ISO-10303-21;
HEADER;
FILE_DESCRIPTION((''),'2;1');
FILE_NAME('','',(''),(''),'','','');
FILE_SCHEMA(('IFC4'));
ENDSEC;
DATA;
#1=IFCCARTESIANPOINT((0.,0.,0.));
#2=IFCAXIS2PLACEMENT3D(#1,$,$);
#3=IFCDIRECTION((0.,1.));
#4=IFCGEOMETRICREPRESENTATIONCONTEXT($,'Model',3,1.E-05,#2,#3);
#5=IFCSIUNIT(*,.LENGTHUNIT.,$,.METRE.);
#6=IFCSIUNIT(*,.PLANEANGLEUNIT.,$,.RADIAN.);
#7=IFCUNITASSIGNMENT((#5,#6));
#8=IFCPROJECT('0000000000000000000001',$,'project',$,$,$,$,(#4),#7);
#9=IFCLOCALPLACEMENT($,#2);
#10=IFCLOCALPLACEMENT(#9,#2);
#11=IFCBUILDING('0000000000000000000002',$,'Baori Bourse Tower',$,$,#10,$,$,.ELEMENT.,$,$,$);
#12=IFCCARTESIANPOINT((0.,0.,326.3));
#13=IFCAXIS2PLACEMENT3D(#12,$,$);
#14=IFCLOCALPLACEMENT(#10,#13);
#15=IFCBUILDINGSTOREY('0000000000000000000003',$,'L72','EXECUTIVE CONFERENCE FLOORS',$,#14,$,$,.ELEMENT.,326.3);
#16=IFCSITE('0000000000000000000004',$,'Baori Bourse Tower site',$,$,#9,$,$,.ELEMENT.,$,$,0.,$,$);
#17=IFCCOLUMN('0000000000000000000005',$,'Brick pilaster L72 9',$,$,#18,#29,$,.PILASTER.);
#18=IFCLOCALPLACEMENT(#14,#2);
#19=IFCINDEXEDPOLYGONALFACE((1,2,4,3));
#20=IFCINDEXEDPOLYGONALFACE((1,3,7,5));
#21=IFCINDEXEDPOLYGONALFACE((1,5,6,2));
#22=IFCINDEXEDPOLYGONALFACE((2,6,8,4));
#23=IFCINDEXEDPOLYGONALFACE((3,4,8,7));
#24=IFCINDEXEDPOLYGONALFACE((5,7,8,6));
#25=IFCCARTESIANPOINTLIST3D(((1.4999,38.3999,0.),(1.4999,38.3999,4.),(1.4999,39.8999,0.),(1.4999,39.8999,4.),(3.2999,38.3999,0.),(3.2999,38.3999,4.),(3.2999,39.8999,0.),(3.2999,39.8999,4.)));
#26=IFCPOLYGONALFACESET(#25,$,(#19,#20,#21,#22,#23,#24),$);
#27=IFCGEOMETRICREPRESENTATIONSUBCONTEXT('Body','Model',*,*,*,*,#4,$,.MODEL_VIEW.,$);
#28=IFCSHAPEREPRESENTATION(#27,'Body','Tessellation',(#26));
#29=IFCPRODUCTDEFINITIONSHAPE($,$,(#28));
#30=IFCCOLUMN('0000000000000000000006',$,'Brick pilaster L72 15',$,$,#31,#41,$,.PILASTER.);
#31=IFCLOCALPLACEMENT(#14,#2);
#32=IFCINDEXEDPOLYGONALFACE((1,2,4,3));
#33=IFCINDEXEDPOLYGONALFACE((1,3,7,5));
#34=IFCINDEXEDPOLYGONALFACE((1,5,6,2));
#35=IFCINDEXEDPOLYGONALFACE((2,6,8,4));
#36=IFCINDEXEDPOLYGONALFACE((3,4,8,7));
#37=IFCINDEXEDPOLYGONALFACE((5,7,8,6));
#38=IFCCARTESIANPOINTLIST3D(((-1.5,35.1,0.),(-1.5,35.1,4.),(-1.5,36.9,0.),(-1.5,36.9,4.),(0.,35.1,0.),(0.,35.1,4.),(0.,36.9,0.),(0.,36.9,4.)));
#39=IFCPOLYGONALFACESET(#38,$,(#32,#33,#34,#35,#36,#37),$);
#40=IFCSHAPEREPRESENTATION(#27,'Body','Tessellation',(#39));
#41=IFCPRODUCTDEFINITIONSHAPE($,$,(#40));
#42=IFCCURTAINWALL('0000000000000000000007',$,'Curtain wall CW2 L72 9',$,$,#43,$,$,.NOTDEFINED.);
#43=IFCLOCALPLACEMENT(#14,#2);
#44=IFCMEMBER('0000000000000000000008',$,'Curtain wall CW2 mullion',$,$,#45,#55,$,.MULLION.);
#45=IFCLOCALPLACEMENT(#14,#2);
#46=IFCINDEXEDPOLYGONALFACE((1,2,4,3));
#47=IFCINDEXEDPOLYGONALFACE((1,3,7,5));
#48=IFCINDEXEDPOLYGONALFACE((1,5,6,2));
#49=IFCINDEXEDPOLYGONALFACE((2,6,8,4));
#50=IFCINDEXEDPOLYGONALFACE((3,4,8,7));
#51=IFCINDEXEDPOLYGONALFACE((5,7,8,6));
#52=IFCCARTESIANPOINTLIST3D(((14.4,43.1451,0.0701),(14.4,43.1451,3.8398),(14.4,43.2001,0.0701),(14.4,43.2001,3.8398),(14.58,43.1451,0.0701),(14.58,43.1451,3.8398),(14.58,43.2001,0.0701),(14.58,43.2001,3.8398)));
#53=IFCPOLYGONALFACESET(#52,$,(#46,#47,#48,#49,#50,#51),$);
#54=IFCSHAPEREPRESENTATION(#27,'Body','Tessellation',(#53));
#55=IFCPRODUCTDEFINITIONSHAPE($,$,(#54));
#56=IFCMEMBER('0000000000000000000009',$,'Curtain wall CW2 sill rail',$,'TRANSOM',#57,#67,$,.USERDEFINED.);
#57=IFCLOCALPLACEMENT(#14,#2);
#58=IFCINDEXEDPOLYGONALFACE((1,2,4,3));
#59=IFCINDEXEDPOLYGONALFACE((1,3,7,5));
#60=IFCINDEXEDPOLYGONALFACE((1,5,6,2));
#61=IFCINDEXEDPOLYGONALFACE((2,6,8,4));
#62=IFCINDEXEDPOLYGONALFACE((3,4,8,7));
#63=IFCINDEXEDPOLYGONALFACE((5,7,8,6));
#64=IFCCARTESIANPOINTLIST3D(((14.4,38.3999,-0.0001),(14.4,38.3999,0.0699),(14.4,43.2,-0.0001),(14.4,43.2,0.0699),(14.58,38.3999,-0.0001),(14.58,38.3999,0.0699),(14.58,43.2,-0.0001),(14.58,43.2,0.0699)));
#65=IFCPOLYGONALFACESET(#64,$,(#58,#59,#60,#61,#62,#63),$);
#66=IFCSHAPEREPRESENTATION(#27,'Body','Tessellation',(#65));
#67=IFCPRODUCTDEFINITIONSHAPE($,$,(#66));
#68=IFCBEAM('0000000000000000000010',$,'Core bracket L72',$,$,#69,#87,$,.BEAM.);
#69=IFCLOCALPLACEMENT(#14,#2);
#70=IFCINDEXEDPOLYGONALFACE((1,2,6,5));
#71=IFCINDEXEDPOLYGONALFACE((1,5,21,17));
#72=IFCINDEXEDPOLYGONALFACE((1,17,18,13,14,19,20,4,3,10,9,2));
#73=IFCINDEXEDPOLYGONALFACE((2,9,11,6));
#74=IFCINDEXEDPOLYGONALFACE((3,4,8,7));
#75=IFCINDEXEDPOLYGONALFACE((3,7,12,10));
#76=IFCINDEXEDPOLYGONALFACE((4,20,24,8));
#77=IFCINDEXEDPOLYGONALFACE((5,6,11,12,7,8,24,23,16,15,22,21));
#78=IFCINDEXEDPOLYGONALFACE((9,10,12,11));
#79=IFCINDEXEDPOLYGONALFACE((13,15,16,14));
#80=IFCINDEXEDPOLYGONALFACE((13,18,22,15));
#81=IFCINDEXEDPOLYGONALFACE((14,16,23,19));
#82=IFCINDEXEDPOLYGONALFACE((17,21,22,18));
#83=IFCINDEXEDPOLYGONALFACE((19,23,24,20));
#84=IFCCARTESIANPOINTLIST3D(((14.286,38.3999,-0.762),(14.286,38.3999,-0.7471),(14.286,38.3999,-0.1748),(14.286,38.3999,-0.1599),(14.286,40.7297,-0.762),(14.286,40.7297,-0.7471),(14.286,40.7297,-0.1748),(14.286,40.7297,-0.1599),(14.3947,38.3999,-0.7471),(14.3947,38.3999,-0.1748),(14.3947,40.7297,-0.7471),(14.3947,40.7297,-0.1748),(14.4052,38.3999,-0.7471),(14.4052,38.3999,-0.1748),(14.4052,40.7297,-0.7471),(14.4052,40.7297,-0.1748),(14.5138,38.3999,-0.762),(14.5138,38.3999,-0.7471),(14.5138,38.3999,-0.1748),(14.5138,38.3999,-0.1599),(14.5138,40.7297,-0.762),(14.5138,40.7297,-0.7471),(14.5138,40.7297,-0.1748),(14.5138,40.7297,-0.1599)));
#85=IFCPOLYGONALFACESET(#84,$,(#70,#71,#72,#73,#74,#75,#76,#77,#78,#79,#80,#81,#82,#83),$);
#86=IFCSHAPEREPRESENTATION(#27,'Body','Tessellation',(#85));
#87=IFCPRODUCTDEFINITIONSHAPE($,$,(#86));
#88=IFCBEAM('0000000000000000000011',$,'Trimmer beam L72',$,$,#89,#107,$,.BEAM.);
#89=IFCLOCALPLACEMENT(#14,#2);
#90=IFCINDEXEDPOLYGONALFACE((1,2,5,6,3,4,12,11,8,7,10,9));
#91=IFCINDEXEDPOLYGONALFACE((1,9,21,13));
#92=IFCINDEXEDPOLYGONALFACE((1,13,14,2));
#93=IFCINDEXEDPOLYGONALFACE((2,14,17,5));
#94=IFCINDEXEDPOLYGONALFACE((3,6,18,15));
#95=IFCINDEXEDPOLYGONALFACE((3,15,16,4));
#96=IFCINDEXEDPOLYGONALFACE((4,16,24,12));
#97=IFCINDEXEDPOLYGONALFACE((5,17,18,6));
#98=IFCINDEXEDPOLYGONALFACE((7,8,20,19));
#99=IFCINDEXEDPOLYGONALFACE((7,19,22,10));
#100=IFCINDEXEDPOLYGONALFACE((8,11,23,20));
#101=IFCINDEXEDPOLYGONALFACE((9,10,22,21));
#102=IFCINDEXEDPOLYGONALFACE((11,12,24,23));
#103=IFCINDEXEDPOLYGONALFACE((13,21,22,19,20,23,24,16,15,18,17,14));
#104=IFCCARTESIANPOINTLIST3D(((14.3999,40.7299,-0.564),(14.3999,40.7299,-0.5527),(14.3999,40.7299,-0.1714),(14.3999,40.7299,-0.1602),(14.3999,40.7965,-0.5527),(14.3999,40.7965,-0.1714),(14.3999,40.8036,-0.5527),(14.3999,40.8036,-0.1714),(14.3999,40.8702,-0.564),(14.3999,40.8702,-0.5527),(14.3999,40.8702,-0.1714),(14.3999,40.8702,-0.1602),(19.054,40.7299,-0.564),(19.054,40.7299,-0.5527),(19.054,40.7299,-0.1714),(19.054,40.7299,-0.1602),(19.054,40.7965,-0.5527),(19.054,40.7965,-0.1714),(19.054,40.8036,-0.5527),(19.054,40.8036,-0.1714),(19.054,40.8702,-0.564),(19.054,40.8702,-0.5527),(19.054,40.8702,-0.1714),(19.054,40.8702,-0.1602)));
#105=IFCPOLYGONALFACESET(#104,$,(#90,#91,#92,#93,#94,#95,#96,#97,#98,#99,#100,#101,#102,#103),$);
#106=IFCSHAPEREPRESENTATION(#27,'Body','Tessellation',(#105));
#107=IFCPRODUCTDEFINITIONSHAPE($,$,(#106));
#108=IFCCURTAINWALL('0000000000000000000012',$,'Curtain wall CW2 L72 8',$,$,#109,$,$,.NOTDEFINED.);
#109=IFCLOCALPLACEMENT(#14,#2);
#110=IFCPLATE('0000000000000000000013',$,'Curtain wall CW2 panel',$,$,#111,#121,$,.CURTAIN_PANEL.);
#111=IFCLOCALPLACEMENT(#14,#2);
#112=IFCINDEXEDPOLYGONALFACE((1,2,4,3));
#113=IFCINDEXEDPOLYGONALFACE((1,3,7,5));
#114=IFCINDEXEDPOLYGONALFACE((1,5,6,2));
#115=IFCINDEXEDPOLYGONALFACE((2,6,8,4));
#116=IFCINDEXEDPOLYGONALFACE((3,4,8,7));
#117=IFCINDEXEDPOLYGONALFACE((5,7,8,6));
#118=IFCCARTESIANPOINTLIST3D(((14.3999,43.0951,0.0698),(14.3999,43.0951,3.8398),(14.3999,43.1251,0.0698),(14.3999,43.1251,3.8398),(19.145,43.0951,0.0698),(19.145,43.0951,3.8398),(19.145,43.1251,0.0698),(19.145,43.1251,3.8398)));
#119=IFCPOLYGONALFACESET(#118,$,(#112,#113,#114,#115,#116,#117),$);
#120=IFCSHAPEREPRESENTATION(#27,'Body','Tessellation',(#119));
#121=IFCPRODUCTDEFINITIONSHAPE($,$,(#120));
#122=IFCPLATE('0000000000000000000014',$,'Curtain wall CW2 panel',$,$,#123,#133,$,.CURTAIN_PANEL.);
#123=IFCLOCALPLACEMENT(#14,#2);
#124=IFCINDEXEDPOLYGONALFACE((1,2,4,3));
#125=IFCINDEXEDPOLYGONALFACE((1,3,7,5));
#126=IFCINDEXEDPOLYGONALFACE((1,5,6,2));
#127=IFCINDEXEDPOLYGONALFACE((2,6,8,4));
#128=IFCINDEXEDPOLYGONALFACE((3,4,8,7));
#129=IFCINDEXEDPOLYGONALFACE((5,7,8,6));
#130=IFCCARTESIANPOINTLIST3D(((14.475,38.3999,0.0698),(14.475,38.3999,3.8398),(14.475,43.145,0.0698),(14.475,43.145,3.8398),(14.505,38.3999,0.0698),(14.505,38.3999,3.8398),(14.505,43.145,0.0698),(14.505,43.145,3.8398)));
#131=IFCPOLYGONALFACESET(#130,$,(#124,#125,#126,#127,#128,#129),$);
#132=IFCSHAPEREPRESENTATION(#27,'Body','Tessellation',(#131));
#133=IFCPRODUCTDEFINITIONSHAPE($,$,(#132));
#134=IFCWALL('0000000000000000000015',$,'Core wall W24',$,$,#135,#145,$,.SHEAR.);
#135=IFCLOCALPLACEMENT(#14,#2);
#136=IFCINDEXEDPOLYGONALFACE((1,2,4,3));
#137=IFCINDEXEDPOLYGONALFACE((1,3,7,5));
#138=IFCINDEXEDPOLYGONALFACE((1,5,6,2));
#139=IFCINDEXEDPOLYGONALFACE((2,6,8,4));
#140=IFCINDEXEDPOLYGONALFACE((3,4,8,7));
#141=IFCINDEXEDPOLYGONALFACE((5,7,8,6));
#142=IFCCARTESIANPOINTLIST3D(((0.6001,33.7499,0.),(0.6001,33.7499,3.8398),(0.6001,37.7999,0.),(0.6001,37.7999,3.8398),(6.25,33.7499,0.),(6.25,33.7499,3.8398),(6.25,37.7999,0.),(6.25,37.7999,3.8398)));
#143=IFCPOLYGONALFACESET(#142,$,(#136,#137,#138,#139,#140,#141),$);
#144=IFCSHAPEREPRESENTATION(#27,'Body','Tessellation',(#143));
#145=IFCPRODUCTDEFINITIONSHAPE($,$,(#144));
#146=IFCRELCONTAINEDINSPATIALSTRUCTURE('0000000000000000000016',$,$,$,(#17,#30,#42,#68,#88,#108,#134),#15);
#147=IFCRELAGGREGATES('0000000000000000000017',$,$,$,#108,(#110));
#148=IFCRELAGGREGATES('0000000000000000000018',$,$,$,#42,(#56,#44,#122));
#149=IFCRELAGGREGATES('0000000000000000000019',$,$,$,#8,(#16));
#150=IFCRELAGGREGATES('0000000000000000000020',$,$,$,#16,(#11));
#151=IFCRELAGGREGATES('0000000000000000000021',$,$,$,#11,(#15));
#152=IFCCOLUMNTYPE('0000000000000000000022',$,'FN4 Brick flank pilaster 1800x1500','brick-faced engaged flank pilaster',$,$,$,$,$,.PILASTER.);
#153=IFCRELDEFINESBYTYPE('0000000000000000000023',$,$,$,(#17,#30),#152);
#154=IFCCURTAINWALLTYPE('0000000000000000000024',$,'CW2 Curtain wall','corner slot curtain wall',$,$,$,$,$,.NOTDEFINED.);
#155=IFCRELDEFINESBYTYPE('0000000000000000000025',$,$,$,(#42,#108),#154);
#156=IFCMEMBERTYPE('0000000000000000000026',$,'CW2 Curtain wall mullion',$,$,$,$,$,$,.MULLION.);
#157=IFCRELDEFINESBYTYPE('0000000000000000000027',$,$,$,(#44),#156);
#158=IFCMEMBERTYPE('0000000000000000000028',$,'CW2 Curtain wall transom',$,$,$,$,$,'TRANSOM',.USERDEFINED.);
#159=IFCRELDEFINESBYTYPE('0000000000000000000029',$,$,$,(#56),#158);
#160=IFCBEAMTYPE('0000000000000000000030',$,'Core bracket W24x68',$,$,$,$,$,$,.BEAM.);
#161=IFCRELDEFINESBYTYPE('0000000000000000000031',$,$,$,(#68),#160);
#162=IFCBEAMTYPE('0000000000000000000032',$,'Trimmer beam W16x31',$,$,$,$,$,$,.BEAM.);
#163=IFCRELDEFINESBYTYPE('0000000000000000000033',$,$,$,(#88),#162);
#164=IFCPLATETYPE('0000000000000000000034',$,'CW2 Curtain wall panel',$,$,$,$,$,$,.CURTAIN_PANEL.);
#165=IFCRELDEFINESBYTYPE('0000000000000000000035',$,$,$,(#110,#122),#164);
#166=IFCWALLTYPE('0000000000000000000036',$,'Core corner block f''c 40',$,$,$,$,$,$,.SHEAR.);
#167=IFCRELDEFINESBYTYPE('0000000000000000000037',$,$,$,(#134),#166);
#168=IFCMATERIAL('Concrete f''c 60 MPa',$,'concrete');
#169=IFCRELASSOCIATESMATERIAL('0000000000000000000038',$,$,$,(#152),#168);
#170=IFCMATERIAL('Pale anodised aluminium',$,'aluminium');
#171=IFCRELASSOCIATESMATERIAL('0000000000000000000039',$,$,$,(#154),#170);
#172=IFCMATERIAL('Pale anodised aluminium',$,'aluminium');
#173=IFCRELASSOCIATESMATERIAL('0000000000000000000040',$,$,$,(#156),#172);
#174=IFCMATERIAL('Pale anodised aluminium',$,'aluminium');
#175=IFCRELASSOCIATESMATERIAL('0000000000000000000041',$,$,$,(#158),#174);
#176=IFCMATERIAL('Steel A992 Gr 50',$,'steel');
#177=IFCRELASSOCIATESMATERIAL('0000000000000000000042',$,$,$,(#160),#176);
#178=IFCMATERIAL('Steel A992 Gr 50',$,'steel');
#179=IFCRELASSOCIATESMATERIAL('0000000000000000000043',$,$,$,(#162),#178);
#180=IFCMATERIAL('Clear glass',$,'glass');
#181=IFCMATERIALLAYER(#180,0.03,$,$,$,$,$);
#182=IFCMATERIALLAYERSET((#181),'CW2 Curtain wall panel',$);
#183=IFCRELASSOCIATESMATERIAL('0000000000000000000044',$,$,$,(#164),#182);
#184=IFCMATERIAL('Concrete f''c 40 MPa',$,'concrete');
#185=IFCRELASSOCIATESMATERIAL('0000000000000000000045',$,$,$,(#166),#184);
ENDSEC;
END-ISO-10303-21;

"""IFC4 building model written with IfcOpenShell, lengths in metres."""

from ifc_helpers import new_model, si_unit, direction, frame, frame_2d, origin, origin_2d, place, context, subcontext, project, spatial, rectangle, i_section, extrude, material, layer, layer_set, material_profile, profile_set, type_object, element, aggregate, save


model = new_model("IFC4")

# Units and contexts
model_context = context("Model", 3, precision=1e-05, world=origin(), true_north=direction((0.0, 1.0)))
body_context = subcontext(model_context, "Body", "Model", "MODEL_VIEW")
ifc_project = project(units=[si_unit("LENGTHUNIT", "METRE"), si_unit("PLANEANGLEUNIT", "RADIAN")], contexts=[model_context])

# Site, building, storey
site_placement = place(None, origin())
site = spatial("IfcSite", under=ifc_project, at=site_placement, Name="Baori Bourse Tower site", CompositionType="ELEMENT", RefElevation=0.0)
building_placement = place(site_placement, origin())
building = spatial("IfcBuilding", under=site, at=building_placement, Name="Baori Bourse Tower", CompositionType="ELEMENT")
storey_placement = place(building_placement, frame((0.0, 0.0, 326.3)))
storey = spatial("IfcBuildingStorey", under=building, at=storey_placement, Name="L72", Description="EXECUTIVE CONFERENCE FLOORS", CompositionType="ELEMENT", Elevation=326.3)

# Columns
ifc_material_1 = material(Name="Concrete f'c 60 MPa", Category="concrete")
ifc_material_profile_1 = material_profile(ifc_material_1, rectangle(XDim=1.8, YDim=1.5, at=origin_2d()), Name="RC 1800x1500")
ifc_profile_set_1 = profile_set([ifc_material_profile_1], Name="Concrete f'c 60 MPa")
column_type = type_object("IfcColumnType", Name="FN4 Brick flank pilaster 1800x1500", Description="brick-faced engaged flank pilaster", PredefinedType="PILASTER", material=ifc_profile_set_1)
for number, where, z_axis, x_axis, name in (
    (1, (2.3999, 39.1499, 0.0), (0.0, 0.0, 1.0), (1.0, 0.0, 0.0), "Brick pilaster L72 9"),
    (2, (-0.75, 36.0, 0.0), (0.0, 0.0, 1.0), (0.0, 1.0, 0.0), "Brick pilaster L72 15"),
):
    element("IfcColumn", number, at=place(storey_placement, frame(where, z_axis=z_axis, x_axis=x_axis)), inside=storey, type_object=column_type, Name=name, PredefinedType="PILASTER", context=body_context, shape_type="SweptSolid", body=[
        extrude(rectangle(XDim=1.8, YDim=1.5, at=origin_2d()), origin(), (0.0, 0.0, 1.0), 4.0),
    ])

# Curtain wall, members
ifc_material_2 = material(Name="Pale anodised aluminium", Category="aluminium")
curtain_wall_type = type_object("IfcCurtainWallType", Name="CW2 Curtain wall", Description="corner slot curtain wall", PredefinedType="NOTDEFINED", material=ifc_material_2)
curtain_wall_1_placement = place(storey_placement, origin())
curtain_wall_1 = element("IfcCurtainWall", 3, at=curtain_wall_1_placement, inside=storey, type_object=curtain_wall_type, Name="Curtain wall CW2 L72 9", PredefinedType="NOTDEFINED")
ifc_material_3 = material(Name="Pale anodised aluminium", Category="aluminium")
ifc_material_profile_2 = material_profile(ifc_material_3, rectangle(XDim=0.1799, YDim=0.0549, at=origin_2d()), Name="Mullion 55x180")
ifc_profile_set_2 = profile_set([ifc_material_profile_2], Name="Pale anodised aluminium")
member_type_1 = type_object("IfcMemberType", Name="CW2 Curtain wall mullion", PredefinedType="MULLION", material=ifc_profile_set_2)
member_1_placement = place(storey_placement, frame((14.49, 43.1726, 0.0701), z_axis=(0.0, 0.0, 1.0), x_axis=(1.0, 0.0, 0.0)))
member_1 = element("IfcMember", 4, at=member_1_placement, type_object=member_type_1, Name="Curtain wall CW2 mullion", PredefinedType="MULLION", context=body_context, shape_type="SweptSolid", body=[
    extrude(rectangle(XDim=0.1799, YDim=0.0549, at=origin_2d()), origin(), (0.0, 0.0, 1.0), 3.7698),
])
ifc_material_4 = material(Name="Pale anodised aluminium", Category="aluminium")
ifc_material_profile_3 = material_profile(ifc_material_4, rectangle(XDim=0.1799, YDim=0.0701, at=origin_2d()), Name="Transom 70x180")
ifc_profile_set_3 = profile_set([ifc_material_profile_3], Name="Pale anodised aluminium")
member_type_2 = type_object("IfcMemberType", Name="CW2 Curtain wall transom", ElementType="TRANSOM", PredefinedType="USERDEFINED", material=ifc_profile_set_3)
member_2_placement = place(storey_placement, frame((14.49, 43.2, 0.0349), z_axis=(0.0, -1.0, 0.0), x_axis=(1.0, 0.0, 0.0)))
member_2 = element("IfcMember", 5, at=member_2_placement, type_object=member_type_2, Name="Curtain wall CW2 sill rail", ObjectType="TRANSOM", PredefinedType="USERDEFINED", context=body_context, shape_type="SweptSolid", body=[
    extrude(rectangle(XDim=0.1799, YDim=0.0701, at=origin_2d()), origin(), (0.0, 0.0, 1.0), 4.8),
])

# Beams
ifc_material_5 = material(Name="Steel A992 Gr 50", Category="steel")
ifc_material_profile_4 = material_profile(ifc_material_5, i_section(OverallWidth=0.2278, OverallDepth=0.6021, WebThickness=0.0105, FlangeThickness=0.0149, at=origin_2d()), Name="W24x68")
ifc_profile_set_4 = profile_set([ifc_material_profile_4], Name="Steel A992 Gr 50")
beam_type_1 = type_object("IfcBeamType", Name="Core bracket W24x68", PredefinedType="BEAM", material=ifc_profile_set_4)
beam_1_placement = place(storey_placement, frame((14.3999, 38.3999, -0.4609), z_axis=(0.0, 1.0, 0.0), x_axis=(-1.0, 0.0, 0.0)))
element("IfcBeam", 6, at=beam_1_placement, inside=storey, type_object=beam_type_1, Name="Core bracket L72", PredefinedType="BEAM", context=body_context, shape_type="SweptSolid", body=[
    extrude(i_section(OverallWidth=0.2278, OverallDepth=0.6021, WebThickness=0.0105, FlangeThickness=0.0149, at=origin_2d()), origin(), (0.0, 0.0, 1.0), 2.3298),
])
ifc_material_6 = material(Name="Steel A992 Gr 50", Category="steel")
ifc_material_profile_5 = material_profile(ifc_material_6, i_section(OverallWidth=0.1404, OverallDepth=0.4038, WebThickness=0.0071, FlangeThickness=0.0112, at=origin_2d()), Name="W16x31")
ifc_profile_set_5 = profile_set([ifc_material_profile_5], Name="Steel A992 Gr 50")
beam_type_2 = type_object("IfcBeamType", Name="Trimmer beam W16x31", PredefinedType="BEAM", material=ifc_profile_set_5)
beam_2_placement = place(storey_placement, frame((14.3999, 40.8, -0.3621), z_axis=(1.0, 0.0, 0.0), x_axis=(0.0, 1.0, 0.0)))
element("IfcBeam", 7, at=beam_2_placement, inside=storey, type_object=beam_type_2, Name="Trimmer beam L72", PredefinedType="BEAM", context=body_context, shape_type="SweptSolid", body=[
    extrude(i_section(OverallWidth=0.1404, OverallDepth=0.4038, WebThickness=0.0071, FlangeThickness=0.0112, at=origin_2d()), origin(), (0.0, 0.0, 1.0), 4.6541),
])

# Curtain wall, plate
curtain_wall_2_placement = place(storey_placement, origin())
curtain_wall_2 = element("IfcCurtainWall", 8, at=curtain_wall_2_placement, inside=storey, type_object=curtain_wall_type, Name="Curtain wall CW2 L72 8", PredefinedType="NOTDEFINED")
ifc_material_7 = material(Name="Clear glass", Category="glass")
ifc_layer_1 = layer(ifc_material_7, 0.03)
ifc_layer_set_1 = layer_set([ifc_layer_1], Name="CW2 Curtain wall panel")
plate_type = type_object("IfcPlateType", Name="CW2 Curtain wall panel", PredefinedType="CURTAIN_PANEL", material=ifc_layer_set_1)
plate_1_placement = place(storey_placement, frame((16.7725, 43.1101, 0.0698), z_axis=(0.0, 0.0, 1.0), x_axis=(-1.0, 0.0, 0.0)))
plate_1 = element("IfcPlate", 9, at=plate_1_placement, type_object=plate_type, Name="Curtain wall CW2 panel", PredefinedType="CURTAIN_PANEL", context=body_context, shape_type="SweptSolid", body=[
    extrude(rectangle(XDim=4.7451, YDim=0.03, at=origin_2d()), origin(), (0.0, 0.0, 1.0), 3.77),
])
aggregate(curtain_wall_2, [plate_1])

# Plate
plate_2_placement = place(storey_placement, frame((14.49, 40.7725, 0.0698), z_axis=(0.0, 0.0, 1.0), x_axis=(0.0, -1.0, 0.0)))
plate_2 = element("IfcPlate", 10, at=plate_2_placement, type_object=plate_type, Name="Curtain wall CW2 panel", PredefinedType="CURTAIN_PANEL", context=body_context, shape_type="SweptSolid", body=[
    extrude(rectangle(XDim=4.7451, YDim=0.03, at=origin_2d()), origin(), (0.0, 0.0, 1.0), 3.77),
])
aggregate(curtain_wall_1, [member_2, member_1, plate_2])

# Wall
ifc_material_8 = material(Name="Concrete f'c 40 MPa", Category="concrete")
wall_type_1 = type_object("IfcWallType", Name="Core corner block f'c 40", PredefinedType="SHEAR", material=ifc_material_8)
wall_1_placement = place(storey_placement, frame((0.6001, 35.7749, 0.0), z_axis=(0.0, 0.0, 1.0), x_axis=(1.0, 0.0, 0.0)))
element("IfcWall", 11, at=wall_1_placement, inside=storey, type_object=wall_type_1, Name="Core wall W24", PredefinedType="SHEAR", context=body_context, shape_type="SweptSolid", body=[
    extrude(rectangle(XDim=5.6499, YDim=4.05, at=frame_2d((2.825, 0.0))), origin(), (0.0, 0.0, 1.0), 3.8398),
])

save(model, "model.ifc")
